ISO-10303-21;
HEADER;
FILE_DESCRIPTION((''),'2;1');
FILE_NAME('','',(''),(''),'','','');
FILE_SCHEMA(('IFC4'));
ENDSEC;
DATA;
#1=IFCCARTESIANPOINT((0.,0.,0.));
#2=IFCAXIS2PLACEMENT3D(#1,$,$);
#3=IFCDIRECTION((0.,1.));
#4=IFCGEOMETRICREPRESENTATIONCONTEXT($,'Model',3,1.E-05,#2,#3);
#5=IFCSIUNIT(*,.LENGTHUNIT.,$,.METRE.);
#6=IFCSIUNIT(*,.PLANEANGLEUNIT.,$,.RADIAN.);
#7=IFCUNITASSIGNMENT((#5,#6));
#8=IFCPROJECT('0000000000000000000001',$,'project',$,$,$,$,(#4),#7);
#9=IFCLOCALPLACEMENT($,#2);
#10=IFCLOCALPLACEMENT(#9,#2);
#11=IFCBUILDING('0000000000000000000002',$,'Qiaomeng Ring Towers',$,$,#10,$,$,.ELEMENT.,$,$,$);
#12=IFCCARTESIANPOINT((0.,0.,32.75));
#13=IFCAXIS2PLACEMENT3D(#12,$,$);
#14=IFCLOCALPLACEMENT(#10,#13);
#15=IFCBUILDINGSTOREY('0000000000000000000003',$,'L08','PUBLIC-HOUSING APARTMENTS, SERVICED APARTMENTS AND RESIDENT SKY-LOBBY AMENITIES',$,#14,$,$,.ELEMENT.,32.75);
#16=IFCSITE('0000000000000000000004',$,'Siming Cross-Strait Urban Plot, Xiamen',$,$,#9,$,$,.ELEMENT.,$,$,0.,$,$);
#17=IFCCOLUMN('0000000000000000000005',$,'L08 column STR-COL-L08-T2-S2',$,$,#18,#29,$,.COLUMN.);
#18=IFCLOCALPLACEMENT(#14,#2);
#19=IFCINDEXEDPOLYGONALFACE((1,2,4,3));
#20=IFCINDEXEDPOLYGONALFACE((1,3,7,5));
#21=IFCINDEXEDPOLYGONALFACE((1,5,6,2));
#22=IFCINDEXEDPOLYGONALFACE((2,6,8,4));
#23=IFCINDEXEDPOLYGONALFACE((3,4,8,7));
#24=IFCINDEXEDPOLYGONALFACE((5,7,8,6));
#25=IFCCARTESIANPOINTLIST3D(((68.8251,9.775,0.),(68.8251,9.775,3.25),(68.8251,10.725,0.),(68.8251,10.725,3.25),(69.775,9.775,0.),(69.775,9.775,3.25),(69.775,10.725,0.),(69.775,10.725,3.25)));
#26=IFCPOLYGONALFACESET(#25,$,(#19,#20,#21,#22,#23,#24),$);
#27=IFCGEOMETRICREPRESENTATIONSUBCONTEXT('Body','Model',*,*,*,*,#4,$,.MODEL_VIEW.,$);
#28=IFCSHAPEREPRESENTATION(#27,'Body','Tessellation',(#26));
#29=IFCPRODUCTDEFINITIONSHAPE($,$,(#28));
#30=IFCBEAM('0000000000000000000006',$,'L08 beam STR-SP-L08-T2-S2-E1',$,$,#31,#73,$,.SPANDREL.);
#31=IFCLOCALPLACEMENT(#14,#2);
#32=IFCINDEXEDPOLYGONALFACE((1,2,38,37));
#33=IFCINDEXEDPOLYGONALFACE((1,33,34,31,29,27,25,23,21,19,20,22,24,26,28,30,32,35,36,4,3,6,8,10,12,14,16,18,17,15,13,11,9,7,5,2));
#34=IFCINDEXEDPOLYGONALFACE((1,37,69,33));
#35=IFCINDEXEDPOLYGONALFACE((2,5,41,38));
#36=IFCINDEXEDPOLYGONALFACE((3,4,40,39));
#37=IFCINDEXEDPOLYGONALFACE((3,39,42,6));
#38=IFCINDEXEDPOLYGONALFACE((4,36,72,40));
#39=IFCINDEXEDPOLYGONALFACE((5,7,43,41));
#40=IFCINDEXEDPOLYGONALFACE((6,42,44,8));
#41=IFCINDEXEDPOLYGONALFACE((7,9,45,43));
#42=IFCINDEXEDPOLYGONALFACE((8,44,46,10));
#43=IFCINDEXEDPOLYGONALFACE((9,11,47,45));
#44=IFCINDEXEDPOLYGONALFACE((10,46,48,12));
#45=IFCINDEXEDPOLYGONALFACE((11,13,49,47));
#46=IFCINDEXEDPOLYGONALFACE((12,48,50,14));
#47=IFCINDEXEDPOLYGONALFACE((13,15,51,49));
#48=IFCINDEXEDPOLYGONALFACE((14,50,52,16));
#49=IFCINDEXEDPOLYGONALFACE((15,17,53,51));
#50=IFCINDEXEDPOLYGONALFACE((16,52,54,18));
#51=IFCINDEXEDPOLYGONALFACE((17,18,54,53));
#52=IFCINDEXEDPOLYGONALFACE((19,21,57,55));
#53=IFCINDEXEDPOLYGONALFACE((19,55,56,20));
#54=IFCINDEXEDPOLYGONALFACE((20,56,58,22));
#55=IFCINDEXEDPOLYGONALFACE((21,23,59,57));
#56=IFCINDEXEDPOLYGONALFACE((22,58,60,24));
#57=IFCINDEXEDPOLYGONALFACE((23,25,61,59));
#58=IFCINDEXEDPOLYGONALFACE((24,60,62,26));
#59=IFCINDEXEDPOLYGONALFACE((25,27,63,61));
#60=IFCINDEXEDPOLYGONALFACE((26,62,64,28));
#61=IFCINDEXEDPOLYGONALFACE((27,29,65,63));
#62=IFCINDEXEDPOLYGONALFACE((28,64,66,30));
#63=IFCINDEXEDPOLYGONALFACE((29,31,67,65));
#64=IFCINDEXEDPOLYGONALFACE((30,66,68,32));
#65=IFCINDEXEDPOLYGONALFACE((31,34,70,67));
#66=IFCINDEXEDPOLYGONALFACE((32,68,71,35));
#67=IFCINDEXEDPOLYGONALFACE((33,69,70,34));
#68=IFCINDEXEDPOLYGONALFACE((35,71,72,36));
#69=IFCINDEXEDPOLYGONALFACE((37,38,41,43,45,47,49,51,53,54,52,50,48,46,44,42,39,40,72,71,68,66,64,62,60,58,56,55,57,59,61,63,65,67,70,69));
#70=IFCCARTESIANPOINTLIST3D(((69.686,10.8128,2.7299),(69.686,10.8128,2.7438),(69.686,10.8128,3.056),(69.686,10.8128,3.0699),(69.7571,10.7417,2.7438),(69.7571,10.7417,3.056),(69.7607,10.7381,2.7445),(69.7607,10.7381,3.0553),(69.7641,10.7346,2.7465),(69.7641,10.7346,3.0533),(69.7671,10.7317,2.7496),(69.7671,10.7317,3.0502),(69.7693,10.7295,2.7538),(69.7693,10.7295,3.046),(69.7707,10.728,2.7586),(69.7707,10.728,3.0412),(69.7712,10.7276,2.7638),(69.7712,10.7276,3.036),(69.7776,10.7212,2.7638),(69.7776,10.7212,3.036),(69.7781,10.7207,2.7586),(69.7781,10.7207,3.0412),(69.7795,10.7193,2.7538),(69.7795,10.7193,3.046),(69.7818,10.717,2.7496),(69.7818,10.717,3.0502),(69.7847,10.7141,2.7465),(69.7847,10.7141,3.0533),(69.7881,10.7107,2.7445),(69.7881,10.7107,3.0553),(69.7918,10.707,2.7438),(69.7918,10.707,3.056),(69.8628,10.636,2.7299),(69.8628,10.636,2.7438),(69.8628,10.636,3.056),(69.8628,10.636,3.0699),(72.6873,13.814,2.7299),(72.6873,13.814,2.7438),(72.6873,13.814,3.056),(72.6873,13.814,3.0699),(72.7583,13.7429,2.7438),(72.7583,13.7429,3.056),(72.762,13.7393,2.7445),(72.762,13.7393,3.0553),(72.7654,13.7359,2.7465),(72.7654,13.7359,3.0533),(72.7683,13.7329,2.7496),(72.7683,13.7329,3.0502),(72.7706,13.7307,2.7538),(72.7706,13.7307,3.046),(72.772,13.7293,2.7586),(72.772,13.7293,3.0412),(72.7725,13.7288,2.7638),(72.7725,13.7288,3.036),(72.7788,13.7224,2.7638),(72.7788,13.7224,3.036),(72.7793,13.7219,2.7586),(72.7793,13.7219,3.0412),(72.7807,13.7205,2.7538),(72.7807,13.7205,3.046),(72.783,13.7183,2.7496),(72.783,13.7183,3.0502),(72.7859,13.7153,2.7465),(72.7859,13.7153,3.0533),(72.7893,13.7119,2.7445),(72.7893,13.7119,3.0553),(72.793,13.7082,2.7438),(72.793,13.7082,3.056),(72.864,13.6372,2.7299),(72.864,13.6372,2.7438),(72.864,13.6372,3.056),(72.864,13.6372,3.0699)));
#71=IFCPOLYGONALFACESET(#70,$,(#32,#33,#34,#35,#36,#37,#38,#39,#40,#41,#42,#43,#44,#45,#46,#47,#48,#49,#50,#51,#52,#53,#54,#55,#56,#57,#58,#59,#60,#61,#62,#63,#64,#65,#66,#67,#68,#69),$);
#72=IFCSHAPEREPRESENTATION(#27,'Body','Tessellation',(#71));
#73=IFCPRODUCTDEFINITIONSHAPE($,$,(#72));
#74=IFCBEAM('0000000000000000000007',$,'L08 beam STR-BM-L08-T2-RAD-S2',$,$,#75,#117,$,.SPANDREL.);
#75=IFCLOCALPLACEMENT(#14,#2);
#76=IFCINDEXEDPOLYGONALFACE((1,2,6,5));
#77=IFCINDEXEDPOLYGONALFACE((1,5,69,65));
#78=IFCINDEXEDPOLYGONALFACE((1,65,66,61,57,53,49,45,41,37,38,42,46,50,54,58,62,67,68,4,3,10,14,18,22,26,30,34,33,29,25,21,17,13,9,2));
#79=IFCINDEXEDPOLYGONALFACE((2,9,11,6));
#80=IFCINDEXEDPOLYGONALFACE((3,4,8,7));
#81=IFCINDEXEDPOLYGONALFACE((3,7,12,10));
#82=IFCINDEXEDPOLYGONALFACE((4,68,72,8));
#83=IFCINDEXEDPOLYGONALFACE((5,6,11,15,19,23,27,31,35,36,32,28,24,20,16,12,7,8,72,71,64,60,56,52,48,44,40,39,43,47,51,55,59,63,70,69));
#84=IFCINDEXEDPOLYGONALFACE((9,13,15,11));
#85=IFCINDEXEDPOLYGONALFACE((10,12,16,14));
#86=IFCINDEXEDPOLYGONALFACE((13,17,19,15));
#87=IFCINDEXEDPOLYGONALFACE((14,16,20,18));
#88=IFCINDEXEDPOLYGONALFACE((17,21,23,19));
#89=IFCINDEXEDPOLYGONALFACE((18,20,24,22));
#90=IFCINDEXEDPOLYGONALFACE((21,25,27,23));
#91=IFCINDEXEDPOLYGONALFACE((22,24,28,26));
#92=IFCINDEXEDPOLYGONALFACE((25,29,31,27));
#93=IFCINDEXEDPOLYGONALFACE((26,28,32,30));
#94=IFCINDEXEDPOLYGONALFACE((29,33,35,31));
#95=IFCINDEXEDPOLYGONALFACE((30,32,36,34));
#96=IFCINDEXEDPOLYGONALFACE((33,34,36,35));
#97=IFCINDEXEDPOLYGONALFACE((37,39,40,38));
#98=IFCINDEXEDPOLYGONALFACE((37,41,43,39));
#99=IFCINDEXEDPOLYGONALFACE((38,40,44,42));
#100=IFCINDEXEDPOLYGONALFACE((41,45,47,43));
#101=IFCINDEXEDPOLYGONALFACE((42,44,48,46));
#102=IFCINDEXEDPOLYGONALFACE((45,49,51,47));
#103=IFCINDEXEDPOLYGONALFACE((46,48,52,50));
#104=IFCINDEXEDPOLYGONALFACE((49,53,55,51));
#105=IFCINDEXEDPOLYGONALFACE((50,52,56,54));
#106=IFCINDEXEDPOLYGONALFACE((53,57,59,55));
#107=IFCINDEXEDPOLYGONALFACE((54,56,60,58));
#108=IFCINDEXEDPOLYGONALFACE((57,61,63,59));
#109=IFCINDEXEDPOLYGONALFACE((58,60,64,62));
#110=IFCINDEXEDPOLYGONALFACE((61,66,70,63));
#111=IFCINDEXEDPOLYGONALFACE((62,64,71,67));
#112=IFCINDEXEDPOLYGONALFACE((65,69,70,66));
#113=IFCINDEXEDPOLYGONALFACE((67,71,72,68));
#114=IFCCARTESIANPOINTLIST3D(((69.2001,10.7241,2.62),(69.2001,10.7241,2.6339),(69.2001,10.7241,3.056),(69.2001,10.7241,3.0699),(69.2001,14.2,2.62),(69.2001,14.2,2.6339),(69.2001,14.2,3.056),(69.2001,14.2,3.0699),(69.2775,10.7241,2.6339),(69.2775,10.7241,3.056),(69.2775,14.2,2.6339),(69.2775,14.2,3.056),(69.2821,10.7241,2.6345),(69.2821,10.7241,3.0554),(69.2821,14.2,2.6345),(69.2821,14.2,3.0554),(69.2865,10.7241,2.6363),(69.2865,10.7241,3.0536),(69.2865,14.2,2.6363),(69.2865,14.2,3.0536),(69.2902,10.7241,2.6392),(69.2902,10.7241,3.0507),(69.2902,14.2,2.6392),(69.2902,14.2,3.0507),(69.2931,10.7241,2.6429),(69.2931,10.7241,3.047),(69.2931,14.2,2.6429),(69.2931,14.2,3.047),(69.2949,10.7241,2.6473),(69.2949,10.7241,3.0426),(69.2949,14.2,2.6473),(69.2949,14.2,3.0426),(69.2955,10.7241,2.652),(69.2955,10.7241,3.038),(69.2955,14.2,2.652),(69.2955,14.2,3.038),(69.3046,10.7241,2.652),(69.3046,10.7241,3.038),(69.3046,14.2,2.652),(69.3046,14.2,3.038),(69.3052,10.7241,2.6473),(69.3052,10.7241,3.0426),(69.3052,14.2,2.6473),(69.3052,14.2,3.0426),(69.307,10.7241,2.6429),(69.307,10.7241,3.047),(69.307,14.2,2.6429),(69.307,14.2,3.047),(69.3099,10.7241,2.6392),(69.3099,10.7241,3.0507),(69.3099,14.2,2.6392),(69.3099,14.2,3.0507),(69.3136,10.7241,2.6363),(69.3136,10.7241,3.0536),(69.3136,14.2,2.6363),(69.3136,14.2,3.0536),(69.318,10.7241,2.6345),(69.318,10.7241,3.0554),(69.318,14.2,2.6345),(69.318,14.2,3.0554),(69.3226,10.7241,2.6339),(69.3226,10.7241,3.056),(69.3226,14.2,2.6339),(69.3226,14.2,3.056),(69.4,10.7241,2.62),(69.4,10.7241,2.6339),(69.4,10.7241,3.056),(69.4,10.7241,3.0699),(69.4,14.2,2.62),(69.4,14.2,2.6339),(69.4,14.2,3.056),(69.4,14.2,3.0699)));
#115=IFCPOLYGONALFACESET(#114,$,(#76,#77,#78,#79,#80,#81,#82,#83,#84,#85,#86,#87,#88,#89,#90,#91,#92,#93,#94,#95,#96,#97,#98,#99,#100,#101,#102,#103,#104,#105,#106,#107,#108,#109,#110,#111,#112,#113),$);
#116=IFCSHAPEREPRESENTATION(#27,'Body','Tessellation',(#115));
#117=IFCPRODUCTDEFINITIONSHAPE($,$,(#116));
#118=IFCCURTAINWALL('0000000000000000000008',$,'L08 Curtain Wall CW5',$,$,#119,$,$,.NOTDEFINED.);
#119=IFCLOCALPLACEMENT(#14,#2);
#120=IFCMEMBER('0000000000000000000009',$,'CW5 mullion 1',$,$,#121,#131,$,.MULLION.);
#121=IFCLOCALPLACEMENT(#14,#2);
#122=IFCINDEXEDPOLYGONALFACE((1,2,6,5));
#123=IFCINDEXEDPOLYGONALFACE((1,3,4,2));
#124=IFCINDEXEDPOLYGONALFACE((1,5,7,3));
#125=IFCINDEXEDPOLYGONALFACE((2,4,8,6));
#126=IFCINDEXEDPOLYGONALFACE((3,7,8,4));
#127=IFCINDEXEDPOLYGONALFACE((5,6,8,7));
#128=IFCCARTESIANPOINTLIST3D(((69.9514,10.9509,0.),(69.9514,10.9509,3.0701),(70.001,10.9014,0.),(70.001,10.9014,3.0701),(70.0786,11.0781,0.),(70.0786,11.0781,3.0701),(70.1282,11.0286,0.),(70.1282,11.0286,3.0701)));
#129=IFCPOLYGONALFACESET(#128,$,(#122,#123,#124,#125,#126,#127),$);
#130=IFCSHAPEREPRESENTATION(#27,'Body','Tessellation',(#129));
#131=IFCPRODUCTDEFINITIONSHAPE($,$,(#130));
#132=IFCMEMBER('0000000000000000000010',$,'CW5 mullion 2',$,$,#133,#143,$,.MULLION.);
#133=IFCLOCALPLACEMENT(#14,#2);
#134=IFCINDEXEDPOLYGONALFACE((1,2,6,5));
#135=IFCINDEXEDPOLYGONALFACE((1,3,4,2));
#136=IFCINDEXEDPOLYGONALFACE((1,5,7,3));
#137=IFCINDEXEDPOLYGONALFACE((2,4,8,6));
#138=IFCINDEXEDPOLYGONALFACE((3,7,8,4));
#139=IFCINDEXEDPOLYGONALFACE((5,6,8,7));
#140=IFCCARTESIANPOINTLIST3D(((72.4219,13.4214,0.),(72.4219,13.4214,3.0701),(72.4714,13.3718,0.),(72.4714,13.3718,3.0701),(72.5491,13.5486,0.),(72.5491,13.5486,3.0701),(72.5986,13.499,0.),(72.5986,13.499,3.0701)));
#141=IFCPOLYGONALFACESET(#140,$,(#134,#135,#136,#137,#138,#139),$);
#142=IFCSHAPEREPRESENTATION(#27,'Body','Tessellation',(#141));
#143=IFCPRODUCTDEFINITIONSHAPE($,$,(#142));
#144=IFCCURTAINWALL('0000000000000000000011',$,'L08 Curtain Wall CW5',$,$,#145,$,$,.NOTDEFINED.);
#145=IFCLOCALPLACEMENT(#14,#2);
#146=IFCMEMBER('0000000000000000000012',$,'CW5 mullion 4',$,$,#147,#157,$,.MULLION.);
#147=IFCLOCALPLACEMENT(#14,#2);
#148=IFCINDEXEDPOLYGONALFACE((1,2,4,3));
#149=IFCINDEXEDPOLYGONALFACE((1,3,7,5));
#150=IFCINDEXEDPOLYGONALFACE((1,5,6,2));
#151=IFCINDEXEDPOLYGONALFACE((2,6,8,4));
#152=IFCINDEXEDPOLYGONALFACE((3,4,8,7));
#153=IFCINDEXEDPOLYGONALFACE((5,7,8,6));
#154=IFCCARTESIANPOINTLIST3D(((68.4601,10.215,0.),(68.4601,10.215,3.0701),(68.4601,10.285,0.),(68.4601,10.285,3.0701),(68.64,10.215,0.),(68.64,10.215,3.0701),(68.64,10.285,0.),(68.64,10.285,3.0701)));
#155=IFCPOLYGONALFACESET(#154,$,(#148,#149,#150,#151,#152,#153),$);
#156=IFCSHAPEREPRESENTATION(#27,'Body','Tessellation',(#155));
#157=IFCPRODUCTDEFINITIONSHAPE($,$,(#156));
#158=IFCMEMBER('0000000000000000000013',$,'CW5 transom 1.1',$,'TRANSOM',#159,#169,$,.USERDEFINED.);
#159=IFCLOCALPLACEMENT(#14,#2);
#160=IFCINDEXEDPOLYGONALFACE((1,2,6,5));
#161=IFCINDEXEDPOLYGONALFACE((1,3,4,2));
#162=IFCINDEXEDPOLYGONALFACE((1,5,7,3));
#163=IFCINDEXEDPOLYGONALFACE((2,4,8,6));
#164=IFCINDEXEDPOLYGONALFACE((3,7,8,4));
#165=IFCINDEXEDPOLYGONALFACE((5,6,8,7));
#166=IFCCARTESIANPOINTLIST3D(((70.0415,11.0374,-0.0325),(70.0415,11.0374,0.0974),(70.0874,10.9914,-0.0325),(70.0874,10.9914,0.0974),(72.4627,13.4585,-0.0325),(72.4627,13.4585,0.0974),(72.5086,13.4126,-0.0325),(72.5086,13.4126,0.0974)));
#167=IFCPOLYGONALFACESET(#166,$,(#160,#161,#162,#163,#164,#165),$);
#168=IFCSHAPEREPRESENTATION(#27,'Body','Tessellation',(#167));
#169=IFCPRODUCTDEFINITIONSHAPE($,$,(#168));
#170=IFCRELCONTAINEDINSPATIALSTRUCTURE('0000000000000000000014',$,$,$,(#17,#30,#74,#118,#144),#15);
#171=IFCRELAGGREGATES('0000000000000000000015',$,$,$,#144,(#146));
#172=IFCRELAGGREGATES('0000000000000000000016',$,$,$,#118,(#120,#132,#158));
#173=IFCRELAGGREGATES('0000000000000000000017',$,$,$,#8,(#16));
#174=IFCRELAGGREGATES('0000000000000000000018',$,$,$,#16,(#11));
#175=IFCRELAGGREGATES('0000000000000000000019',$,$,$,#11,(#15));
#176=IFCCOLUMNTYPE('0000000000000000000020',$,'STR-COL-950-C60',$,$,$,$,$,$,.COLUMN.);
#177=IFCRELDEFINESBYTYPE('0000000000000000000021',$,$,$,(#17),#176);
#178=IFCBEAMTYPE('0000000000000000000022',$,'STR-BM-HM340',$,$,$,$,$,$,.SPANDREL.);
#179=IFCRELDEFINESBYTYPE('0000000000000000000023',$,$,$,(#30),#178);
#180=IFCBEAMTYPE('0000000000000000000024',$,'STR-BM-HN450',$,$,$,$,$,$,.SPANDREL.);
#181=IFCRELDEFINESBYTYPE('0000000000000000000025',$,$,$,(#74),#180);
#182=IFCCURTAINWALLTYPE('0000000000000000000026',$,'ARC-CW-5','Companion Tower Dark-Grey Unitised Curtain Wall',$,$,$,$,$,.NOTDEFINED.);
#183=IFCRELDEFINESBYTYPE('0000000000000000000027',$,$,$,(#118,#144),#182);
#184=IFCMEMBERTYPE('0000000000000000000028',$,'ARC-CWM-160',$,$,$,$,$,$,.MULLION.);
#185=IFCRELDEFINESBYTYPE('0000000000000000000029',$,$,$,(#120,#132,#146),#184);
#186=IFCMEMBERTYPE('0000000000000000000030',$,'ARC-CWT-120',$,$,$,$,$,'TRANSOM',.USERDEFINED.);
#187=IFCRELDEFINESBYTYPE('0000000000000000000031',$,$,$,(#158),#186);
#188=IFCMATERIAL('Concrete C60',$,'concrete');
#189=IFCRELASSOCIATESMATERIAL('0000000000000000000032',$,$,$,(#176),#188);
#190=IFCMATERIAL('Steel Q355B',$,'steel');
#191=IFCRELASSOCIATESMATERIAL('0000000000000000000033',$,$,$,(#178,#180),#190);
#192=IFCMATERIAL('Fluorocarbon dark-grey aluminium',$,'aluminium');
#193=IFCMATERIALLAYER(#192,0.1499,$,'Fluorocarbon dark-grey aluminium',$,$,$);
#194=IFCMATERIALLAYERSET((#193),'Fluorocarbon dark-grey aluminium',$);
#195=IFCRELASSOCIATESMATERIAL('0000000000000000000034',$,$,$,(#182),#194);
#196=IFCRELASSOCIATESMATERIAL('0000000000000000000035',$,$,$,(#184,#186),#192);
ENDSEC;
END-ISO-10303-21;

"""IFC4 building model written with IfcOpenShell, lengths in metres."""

from ifc_helpers import new_model, si_unit, direction, frame, origin, origin_2d, place, context, subcontext, project, spatial, rectangle, i_section, extrude, source, transform, mapped, material, layer, layer_set, material_profile, profile_set, type_object, element, aggregate, save


model = new_model("IFC4")

# Units and contexts
model_context = context("Model", 3, precision=1e-05, world=origin(), true_north=direction((0.0, 1.0)))
body_context = subcontext(model_context, "Body", "Model", "MODEL_VIEW")
ifc_project = project(units=[si_unit("LENGTHUNIT", "METRE"), si_unit("PLANEANGLEUNIT", "RADIAN")], contexts=[model_context])

# Site, building, storey
site_placement = place(None, origin())
site = spatial("IfcSite", under=ifc_project, at=site_placement, Name="Siming Cross-Strait Urban Plot, Xiamen", CompositionType="ELEMENT", RefElevation=0.0)
building_placement = place(site_placement, origin())
building = spatial("IfcBuilding", under=site, at=building_placement, Name="Qiaomeng Ring Towers", CompositionType="ELEMENT")
storey_placement = place(building_placement, frame((0.0, 0.0, 32.75)))
storey = spatial("IfcBuildingStorey", under=building, at=storey_placement, Name="L08", Description="PUBLIC-HOUSING APARTMENTS, SERVICED APARTMENTS AND RESIDENT SKY-LOBBY AMENITIES", CompositionType="ELEMENT", Elevation=32.75)

# Column
ifc_material_1 = material(Name="Concrete C60", Category="concrete")
ifc_material_profile_1 = material_profile(ifc_material_1, rectangle(XDim=0.95, YDim=0.95, at=origin_2d()), Name="RC COL 950x950")
ifc_profile_set_1 = profile_set([ifc_material_profile_1], Name="Concrete C60")
column_type = type_object("IfcColumnType", Name="STR-COL-950-C60", PredefinedType="COLUMN", material=ifc_profile_set_1)
shared_shape_1 = source(origin(), body_context, "Body", "SweptSolid", [
    extrude(rectangle(XDim=0.95, YDim=0.95, at=origin_2d()), origin(), (0.0, 0.0, 1.0), 3.25),
])
column_placement = place(storey_placement, frame((69.3, 10.25, 0.0), z_axis=(0.0, 0.0, 1.0), x_axis=(1.0, 0.0, 0.0)))
element("IfcColumn", 1, at=column_placement, inside=storey, type_object=column_type, Name="L08 column STR-COL-L08-T2-S2", PredefinedType="COLUMN", context=body_context, shape_type="MappedRepresentation", body=[
    mapped(shared_shape_1, transform((0.0, 0.0, 0.0), x_axis=(1.0, 0.0, 0.0), y_axis=(0.0, 1.0, 0.0), z_axis=(0.0, 0.0, 1.0), scale=1.0)),
])

# Beams
ifc_material_2 = material(Name="Steel Q355B", Category="steel")
ifc_material_profile_2 = material_profile(ifc_material_2, i_section(OverallWidth=0.25, OverallDepth=0.3401, WebThickness=0.009, FlangeThickness=0.0139, FilletRadius=0.02, at=origin_2d()), Name="HM 340x250x9x14")
ifc_profile_set_2 = profile_set([ifc_material_profile_2], Name="Steel Q355B")
beam_type_1 = type_object("IfcBeamType", Name="STR-BM-HM340", PredefinedType="SPANDREL", material=ifc_profile_set_2)
shared_shape_2 = source(origin(), body_context, "Body", "SweptSolid", [
    extrude(i_section(OverallWidth=0.25, OverallDepth=0.3401, WebThickness=0.009, FlangeThickness=0.0139, FilletRadius=0.02, at=origin_2d()), origin(), (0.0, 0.0, 1.0), 4.2444),
])
beam_1_placement = place(storey_placement, frame((69.7744, 10.7244, 2.8999), z_axis=(0.707107, 0.707107, 0.0), x_axis=(-0.707107, 0.707107, 0.0)))
element("IfcBeam", 2, at=beam_1_placement, inside=storey, type_object=beam_type_1, Name="L08 beam STR-SP-L08-T2-S2-E1", PredefinedType="SPANDREL", context=body_context, shape_type="MappedRepresentation", body=[
    mapped(shared_shape_2, transform((0.0, 0.0, 0.0), x_axis=(1.0, 0.0, 0.0), y_axis=(0.0, 1.0, 0.0), z_axis=(0.0, 0.0, 1.0), scale=1.0)),
])
ifc_material_profile_3 = material_profile(ifc_material_2, i_section(OverallWidth=0.2, OverallDepth=0.45, WebThickness=0.009, FlangeThickness=0.0139, FilletRadius=0.0181, at=origin_2d()), Name="HN 450x200x9x14")
ifc_profile_set_3 = profile_set([ifc_material_profile_3], Name="Steel Q355B")
beam_type_2 = type_object("IfcBeamType", Name="STR-BM-HN450", PredefinedType="SPANDREL", material=ifc_profile_set_3)
shared_shape_3 = source(origin(), body_context, "Body", "SweptSolid", [
    extrude(i_section(OverallWidth=0.2, OverallDepth=0.45, WebThickness=0.009, FlangeThickness=0.0139, FilletRadius=0.0181, at=origin_2d()), origin(), (0.0, 0.0, 1.0), 3.4758),
])
beam_2_placement = place(storey_placement, frame((69.3, 10.7241, 2.845), z_axis=(0.0, 1.0, 0.0), x_axis=(-1.0, 0.0, 0.0)))
element("IfcBeam", 3, at=beam_2_placement, inside=storey, type_object=beam_type_2, Name="L08 beam STR-BM-L08-T2-RAD-S2", PredefinedType="SPANDREL", context=body_context, shape_type="MappedRepresentation", body=[
    mapped(shared_shape_3, transform((0.0, 0.0, 0.0), x_axis=(1.0, 0.0, 0.0), y_axis=(0.0, 1.0, 0.0), z_axis=(0.0, 0.0, 1.0), scale=1.0)),
])

# Curtain wall, members
ifc_material_3 = material(Name="Fluorocarbon dark-grey aluminium", Category="aluminium")
ifc_layer_1 = layer(ifc_material_3, 0.1499, Name="Fluorocarbon dark-grey aluminium")
ifc_layer_set_1 = layer_set([ifc_layer_1], Name="Fluorocarbon dark-grey aluminium")
curtain_wall_type = type_object("IfcCurtainWallType", Name="ARC-CW-5", Description="Companion Tower Dark-Grey Unitised Curtain Wall", PredefinedType="NOTDEFINED", material=ifc_layer_set_1)
curtain_wall_1_placement = place(storey_placement, origin())
curtain_wall_1 = element("IfcCurtainWall", 4, at=curtain_wall_1_placement, inside=storey, type_object=curtain_wall_type, Name="L08 Curtain Wall CW5", PredefinedType="NOTDEFINED")
ifc_material_profile_4 = material_profile(ifc_material_3, rectangle(XDim=0.0701, YDim=0.1799, at=origin_2d()), Name="ALU MULL 70x180")
ifc_profile_set_4 = profile_set([ifc_material_profile_4], Name="Fluorocarbon dark-grey aluminium")
member_type_1 = type_object("IfcMemberType", Name="ARC-CWM-160", PredefinedType="MULLION", material=ifc_profile_set_4)
shared_shape_4 = source(origin(), body_context, "Body", "SweptSolid", [
    extrude(rectangle(XDim=0.0701, YDim=0.1799, at=origin_2d()), origin(), (0.0, 0.0, 1.0), 3.0701),
])
member_1_placement = place(storey_placement, frame((70.0398, 10.9897, 0.0), z_axis=(0.0, 0.0, 1.0), x_axis=(-0.707107, 0.707107, 0.0)))
member_1 = element("IfcMember", 5, at=member_1_placement, type_object=member_type_1, Name="CW5 mullion 1", PredefinedType="MULLION", context=body_context, shape_type="MappedRepresentation", body=[
    mapped(shared_shape_4, transform((0.0, 0.0, 0.0), x_axis=(1.0, 0.0, 0.0), y_axis=(0.0, 1.0, 0.0), z_axis=(0.0, 0.0, 1.0), scale=1.0)),
])
member_2_placement = place(storey_placement, frame((72.5103, 13.4602, 0.0), z_axis=(0.0, 0.0, 1.0), x_axis=(-0.707107, 0.707107, 0.0)))
member_2 = element("IfcMember", 6, at=member_2_placement, type_object=member_type_1, Name="CW5 mullion 2", PredefinedType="MULLION", context=body_context, shape_type="MappedRepresentation", body=[
    mapped(shared_shape_4, transform((0.0, 0.0, 0.0), x_axis=(1.0, 0.0, 0.0), y_axis=(0.0, 1.0, 0.0), z_axis=(0.0, 0.0, 1.0), scale=1.0)),
])

# Curtain wall, member
curtain_wall_2_placement = place(storey_placement, origin())
curtain_wall_2 = element("IfcCurtainWall", 7, at=curtain_wall_2_placement, inside=storey, type_object=curtain_wall_type, Name="L08 Curtain Wall CW5", PredefinedType="NOTDEFINED")
member_3_placement = place(storey_placement, frame((68.55, 10.25, 0.0), z_axis=(0.0, 0.0, 1.0), x_axis=(0.0, 1.0, 0.0)))
member_3 = element("IfcMember", 8, at=member_3_placement, type_object=member_type_1, Name="CW5 mullion 4", PredefinedType="MULLION", context=body_context, shape_type="MappedRepresentation", body=[
    mapped(shared_shape_4, transform((0.0, 0.0, 0.0), x_axis=(1.0, 0.0, 0.0), y_axis=(0.0, 1.0, 0.0), z_axis=(0.0, 0.0, 1.0), scale=1.0)),
])
aggregate(curtain_wall_2, [member_3])

# Member
ifc_material_profile_5 = material_profile(ifc_material_3, rectangle(XDim=0.0649, YDim=0.1299, at=origin_2d()), Name="ALU TRAN 65x130")
ifc_profile_set_5 = profile_set([ifc_material_profile_5], Name="Fluorocarbon dark-grey aluminium")
member_type_2 = type_object("IfcMemberType", Name="ARC-CWT-120", ElementType="TRANSOM", PredefinedType="USERDEFINED", material=ifc_profile_set_5)
shared_shape_5 = source(origin(), body_context, "Body", "SweptSolid", [
    extrude(rectangle(XDim=0.0649, YDim=0.1299, at=origin_2d()), origin(), (0.0, 0.0, 1.0), 3.4241),
])
member_4_placement = place(storey_placement, frame((70.0645, 11.0144, 0.0325), z_axis=(0.707107, 0.707107, 0.0), x_axis=(-0.707107, 0.707107, 0.0)))
member_4 = element("IfcMember", 9, at=member_4_placement, type_object=member_type_2, Name="CW5 transom 1.1", ObjectType="TRANSOM", PredefinedType="USERDEFINED", context=body_context, shape_type="MappedRepresentation", body=[
    mapped(shared_shape_5, transform((0.0, 0.0, 0.0), x_axis=(1.0, 0.0, 0.0), y_axis=(0.0, 1.0, 0.0), z_axis=(0.0, 0.0, 1.0), scale=1.0)),
])

aggregate(curtain_wall_1, [member_1, member_2, member_4])

save(model, "model.ifc")
